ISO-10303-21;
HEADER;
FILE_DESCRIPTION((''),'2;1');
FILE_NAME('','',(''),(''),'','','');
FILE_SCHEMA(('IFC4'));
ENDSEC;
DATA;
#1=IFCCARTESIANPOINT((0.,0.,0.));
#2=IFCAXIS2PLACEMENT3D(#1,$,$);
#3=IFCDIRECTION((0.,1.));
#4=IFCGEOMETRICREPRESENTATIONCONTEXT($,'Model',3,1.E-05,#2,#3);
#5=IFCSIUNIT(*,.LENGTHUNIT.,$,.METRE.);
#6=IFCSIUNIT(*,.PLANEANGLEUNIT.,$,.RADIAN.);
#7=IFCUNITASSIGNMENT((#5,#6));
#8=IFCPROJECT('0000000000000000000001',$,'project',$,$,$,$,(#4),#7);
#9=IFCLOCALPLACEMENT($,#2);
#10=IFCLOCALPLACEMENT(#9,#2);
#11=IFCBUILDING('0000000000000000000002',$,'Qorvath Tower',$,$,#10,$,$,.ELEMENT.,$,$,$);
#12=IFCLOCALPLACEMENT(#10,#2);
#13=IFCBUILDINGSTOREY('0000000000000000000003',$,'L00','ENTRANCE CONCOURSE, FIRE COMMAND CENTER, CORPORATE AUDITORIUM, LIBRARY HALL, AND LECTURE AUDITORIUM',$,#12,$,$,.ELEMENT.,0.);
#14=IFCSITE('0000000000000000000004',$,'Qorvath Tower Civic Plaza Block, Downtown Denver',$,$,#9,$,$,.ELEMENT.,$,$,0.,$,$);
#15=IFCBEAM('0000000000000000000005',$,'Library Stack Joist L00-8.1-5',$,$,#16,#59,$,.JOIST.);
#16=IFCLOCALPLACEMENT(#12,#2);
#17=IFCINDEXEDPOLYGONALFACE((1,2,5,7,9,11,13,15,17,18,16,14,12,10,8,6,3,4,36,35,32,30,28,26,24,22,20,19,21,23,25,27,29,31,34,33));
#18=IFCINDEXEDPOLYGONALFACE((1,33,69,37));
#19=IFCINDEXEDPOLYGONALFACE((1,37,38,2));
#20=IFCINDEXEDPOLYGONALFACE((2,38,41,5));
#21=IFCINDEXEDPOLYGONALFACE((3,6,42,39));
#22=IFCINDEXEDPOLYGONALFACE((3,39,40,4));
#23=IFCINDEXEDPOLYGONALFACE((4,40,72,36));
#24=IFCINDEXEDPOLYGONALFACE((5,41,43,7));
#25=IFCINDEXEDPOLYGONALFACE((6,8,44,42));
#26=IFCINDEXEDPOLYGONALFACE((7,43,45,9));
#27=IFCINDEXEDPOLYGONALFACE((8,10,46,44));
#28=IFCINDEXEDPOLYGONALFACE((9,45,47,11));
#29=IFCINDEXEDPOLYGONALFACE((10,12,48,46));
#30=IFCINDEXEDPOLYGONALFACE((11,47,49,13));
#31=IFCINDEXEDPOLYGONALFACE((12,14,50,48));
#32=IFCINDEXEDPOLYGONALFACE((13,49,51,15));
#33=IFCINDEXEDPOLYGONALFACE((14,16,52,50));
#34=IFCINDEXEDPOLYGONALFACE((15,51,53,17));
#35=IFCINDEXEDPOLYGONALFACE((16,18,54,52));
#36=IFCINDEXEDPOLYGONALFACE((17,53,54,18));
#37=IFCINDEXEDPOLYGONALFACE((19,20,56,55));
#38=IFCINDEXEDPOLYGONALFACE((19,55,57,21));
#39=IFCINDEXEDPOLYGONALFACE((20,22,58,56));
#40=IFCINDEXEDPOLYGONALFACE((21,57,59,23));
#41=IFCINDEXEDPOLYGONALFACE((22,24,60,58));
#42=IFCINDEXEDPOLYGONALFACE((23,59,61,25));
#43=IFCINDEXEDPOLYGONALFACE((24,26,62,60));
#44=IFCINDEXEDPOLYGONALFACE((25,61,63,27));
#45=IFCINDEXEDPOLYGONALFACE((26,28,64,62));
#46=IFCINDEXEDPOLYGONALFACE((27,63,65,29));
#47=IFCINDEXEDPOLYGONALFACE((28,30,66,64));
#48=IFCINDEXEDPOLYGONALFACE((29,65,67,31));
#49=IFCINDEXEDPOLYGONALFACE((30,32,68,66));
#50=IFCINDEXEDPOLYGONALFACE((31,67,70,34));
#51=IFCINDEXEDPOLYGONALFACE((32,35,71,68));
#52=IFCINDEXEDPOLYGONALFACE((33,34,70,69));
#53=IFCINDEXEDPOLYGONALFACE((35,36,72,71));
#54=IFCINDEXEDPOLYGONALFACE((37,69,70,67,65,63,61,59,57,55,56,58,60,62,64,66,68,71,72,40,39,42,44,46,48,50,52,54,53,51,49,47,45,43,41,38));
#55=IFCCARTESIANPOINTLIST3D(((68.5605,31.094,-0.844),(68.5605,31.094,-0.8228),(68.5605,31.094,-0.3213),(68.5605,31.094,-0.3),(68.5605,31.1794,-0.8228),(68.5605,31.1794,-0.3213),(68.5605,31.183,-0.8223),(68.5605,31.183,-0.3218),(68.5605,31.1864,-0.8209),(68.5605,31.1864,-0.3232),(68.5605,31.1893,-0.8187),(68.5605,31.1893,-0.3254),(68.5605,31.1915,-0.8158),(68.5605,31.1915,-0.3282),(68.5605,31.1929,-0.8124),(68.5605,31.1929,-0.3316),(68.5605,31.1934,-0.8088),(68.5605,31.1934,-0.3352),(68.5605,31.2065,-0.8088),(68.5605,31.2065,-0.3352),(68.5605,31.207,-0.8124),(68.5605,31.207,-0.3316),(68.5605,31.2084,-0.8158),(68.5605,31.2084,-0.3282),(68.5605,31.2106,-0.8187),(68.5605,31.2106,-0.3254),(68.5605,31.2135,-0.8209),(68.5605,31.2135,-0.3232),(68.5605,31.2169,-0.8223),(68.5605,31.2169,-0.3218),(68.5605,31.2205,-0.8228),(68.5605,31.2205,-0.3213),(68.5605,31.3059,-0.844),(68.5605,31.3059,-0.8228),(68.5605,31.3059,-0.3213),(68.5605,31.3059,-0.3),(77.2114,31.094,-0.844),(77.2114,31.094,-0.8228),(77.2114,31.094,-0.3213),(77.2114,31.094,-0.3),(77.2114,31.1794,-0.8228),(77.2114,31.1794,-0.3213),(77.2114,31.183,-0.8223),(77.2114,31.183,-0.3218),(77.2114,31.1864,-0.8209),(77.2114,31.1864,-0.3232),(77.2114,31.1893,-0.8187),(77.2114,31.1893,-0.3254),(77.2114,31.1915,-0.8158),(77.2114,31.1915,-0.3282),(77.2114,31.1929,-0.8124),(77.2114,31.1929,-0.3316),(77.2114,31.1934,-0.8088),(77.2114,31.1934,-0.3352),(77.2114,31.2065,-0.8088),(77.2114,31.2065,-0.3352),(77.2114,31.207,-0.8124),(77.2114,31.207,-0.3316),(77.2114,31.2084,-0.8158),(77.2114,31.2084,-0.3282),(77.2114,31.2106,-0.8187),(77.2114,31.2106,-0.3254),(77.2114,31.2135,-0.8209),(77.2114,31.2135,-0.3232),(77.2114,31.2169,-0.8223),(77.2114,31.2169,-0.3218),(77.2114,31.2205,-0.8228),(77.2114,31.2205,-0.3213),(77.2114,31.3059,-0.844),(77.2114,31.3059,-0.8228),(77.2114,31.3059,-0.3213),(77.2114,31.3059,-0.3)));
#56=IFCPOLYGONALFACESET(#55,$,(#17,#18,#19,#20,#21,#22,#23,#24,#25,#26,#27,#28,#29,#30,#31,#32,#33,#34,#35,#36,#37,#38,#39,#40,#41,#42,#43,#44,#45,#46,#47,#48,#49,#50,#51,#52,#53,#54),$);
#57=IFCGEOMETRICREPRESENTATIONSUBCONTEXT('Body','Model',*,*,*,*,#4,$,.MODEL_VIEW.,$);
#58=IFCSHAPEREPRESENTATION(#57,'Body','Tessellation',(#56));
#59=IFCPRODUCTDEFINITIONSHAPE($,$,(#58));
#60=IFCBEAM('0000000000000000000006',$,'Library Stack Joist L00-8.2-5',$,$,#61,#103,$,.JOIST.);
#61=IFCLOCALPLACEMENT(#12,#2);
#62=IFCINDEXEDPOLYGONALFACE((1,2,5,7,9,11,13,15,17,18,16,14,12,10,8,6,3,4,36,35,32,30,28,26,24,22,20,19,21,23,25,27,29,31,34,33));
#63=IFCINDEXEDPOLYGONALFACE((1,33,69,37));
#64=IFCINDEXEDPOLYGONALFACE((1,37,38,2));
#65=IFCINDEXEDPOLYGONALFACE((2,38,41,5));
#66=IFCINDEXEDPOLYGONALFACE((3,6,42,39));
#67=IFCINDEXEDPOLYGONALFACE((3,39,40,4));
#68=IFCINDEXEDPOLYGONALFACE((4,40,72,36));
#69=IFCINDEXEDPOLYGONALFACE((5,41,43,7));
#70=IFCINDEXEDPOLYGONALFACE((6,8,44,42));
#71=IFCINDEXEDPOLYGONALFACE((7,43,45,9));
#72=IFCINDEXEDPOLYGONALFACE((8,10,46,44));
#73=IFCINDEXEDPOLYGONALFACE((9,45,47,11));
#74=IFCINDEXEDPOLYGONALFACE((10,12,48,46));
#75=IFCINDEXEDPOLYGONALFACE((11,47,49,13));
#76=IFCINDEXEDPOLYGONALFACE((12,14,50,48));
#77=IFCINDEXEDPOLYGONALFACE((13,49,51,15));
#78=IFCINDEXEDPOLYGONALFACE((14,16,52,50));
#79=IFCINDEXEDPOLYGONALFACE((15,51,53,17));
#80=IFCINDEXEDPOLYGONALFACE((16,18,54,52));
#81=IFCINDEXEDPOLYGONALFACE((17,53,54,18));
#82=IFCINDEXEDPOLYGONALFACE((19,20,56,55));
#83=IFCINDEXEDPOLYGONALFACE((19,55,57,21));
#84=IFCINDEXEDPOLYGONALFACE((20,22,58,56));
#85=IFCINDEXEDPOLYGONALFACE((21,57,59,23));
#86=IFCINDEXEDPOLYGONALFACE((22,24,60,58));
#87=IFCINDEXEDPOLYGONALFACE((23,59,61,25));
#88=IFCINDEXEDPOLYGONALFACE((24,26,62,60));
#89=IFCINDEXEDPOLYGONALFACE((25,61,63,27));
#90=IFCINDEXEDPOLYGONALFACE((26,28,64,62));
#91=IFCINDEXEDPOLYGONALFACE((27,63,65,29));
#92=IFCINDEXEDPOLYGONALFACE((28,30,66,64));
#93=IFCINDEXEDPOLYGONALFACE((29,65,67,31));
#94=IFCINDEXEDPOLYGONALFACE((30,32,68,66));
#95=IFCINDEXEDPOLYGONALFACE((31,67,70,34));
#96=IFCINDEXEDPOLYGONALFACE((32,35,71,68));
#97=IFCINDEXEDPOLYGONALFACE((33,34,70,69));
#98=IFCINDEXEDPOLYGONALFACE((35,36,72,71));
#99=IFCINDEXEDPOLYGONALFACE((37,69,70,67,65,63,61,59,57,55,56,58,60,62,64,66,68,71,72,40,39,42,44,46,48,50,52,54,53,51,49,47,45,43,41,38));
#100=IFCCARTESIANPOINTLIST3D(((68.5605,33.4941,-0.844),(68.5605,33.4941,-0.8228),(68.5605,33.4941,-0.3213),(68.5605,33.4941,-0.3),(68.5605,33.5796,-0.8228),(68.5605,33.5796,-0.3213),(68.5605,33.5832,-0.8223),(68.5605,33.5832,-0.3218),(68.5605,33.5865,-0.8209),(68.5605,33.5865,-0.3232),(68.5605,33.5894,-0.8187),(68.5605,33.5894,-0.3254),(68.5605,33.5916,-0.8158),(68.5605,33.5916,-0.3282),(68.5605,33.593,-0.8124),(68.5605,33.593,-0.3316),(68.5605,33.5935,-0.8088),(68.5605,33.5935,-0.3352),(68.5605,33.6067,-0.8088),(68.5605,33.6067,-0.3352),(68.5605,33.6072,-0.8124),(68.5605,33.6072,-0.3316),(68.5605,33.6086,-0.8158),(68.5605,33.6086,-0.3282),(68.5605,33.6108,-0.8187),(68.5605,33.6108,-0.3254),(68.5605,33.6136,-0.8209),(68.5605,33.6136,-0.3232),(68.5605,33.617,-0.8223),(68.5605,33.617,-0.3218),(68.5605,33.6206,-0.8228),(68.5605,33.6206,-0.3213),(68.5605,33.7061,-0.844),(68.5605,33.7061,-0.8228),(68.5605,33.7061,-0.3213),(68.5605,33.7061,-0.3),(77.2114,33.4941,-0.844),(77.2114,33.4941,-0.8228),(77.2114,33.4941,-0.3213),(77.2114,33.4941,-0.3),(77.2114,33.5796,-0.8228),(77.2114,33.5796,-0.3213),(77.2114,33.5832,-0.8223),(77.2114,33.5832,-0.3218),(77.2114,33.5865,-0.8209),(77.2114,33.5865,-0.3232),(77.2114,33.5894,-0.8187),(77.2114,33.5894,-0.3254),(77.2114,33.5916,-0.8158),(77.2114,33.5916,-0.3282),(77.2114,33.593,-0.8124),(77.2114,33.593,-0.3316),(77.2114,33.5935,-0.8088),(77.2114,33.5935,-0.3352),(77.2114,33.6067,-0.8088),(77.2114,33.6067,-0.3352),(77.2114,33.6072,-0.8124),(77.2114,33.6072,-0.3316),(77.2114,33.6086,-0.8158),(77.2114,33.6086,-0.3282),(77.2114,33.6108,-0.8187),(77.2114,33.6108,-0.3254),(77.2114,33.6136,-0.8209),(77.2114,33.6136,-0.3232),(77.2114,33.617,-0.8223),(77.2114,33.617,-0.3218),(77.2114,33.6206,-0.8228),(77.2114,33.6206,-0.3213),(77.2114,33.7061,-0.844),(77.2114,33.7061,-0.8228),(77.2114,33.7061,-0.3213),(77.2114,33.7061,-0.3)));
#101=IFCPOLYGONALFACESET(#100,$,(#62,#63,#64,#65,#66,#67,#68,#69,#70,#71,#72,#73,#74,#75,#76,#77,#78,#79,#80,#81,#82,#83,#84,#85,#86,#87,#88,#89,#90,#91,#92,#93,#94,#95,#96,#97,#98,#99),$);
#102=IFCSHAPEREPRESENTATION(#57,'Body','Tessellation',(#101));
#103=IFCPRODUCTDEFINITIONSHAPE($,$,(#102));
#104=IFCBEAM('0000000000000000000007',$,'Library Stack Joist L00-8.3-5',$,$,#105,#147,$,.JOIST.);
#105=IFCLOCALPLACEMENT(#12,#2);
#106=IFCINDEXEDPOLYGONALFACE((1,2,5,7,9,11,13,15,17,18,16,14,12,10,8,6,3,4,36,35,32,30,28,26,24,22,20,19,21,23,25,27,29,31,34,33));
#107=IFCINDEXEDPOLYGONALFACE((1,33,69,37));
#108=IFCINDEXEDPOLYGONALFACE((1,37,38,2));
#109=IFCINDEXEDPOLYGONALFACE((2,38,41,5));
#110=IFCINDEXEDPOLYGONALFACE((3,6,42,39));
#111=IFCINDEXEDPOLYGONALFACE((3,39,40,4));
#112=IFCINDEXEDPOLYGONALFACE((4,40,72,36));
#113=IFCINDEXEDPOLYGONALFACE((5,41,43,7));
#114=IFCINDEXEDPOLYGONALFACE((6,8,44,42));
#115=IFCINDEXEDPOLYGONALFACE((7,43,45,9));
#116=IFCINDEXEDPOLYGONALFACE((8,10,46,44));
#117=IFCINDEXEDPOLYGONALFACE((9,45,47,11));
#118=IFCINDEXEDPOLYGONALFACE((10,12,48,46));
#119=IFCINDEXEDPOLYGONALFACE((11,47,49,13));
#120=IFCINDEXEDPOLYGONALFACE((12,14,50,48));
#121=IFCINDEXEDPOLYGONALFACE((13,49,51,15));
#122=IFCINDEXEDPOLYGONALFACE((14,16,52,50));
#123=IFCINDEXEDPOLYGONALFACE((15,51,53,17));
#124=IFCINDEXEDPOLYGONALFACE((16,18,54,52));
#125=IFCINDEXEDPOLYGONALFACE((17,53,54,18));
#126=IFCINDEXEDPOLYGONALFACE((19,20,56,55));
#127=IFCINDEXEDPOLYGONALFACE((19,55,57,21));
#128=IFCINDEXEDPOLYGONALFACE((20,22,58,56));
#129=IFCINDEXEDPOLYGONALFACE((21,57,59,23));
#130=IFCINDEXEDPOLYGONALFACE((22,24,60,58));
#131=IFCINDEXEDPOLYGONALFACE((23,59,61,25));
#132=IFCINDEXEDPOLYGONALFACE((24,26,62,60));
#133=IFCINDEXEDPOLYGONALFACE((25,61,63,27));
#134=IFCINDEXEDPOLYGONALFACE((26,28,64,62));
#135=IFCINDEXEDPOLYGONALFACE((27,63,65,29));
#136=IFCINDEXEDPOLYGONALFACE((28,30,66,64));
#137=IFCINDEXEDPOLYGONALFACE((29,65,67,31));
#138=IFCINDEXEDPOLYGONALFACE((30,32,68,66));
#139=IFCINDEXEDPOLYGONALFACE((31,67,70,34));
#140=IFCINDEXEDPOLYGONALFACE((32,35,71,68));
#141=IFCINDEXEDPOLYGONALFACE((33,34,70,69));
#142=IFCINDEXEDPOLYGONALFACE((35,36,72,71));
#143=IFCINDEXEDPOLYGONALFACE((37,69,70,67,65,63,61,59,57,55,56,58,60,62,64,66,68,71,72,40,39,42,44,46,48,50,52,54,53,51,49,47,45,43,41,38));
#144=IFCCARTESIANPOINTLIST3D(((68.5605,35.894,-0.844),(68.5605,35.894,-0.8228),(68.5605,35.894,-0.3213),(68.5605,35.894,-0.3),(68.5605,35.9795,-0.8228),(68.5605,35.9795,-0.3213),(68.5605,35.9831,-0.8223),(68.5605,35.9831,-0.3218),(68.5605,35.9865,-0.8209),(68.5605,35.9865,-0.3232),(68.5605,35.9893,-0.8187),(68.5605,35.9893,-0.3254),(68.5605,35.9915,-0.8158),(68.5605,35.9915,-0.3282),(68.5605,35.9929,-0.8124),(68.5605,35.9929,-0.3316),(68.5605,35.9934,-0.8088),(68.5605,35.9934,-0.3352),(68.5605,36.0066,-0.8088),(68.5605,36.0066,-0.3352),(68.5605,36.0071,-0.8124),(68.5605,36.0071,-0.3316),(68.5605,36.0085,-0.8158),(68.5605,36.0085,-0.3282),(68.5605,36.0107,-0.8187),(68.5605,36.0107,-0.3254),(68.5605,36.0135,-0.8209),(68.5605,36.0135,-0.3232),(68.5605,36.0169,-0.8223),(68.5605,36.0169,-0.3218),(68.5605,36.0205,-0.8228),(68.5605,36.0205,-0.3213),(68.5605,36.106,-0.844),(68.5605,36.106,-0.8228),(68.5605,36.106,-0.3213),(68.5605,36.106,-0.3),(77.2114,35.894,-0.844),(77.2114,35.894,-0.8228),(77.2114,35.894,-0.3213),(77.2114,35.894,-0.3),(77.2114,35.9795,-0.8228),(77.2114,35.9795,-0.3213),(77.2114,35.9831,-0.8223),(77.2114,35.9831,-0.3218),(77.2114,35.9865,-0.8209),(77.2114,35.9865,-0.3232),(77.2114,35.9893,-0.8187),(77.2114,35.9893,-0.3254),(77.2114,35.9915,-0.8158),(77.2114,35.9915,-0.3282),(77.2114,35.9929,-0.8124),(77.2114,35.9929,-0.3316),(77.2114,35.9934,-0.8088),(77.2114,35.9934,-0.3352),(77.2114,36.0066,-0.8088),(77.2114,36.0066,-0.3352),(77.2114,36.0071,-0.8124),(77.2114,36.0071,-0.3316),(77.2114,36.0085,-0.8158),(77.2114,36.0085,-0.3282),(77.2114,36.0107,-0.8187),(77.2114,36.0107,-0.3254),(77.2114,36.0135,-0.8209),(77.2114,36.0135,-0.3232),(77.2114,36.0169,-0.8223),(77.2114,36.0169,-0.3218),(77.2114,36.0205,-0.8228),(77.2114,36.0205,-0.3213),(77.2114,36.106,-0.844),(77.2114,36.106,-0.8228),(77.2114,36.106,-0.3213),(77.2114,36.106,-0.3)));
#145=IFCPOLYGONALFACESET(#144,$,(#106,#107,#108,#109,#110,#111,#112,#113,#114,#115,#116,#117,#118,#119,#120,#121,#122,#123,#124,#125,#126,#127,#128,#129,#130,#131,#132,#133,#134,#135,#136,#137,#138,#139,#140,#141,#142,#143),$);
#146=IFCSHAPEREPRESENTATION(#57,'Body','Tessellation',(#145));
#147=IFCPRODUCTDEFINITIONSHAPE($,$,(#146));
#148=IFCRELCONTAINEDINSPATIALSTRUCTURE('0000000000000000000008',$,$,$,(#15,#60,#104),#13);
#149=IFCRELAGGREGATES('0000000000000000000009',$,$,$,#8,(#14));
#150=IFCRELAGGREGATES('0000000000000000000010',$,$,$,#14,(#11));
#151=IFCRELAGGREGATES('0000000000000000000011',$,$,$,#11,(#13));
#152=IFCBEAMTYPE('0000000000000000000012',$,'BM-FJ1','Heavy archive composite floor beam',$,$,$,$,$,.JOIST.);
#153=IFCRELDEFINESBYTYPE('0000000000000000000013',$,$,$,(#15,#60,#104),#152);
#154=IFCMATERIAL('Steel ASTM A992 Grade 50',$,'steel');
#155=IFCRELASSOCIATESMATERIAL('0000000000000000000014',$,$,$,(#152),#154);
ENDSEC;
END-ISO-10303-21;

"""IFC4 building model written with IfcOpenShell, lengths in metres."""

from ifc_helpers import new_model, si_unit, direction, frame, origin, origin_2d, place, context, subcontext, project, spatial, i_section, extrude, material, material_profile, profile_set, type_object, element, save


model = new_model("IFC4")

# Units and contexts
model_context = context("Model", 3, precision=1e-05, world=origin(), true_north=direction((0.0, 1.0)))
body_context = subcontext(model_context, "Body", "Model", "MODEL_VIEW")
ifc_project = project(units=[si_unit("LENGTHUNIT", "METRE"), si_unit("PLANEANGLEUNIT", "RADIAN")], contexts=[model_context])

# Site, building, storey
site_placement = place(None, origin())
site = spatial("IfcSite", under=ifc_project, at=site_placement, Name="Qorvath Tower Civic Plaza Block, Downtown Denver", CompositionType="ELEMENT", RefElevation=0.0)
building_placement = place(site_placement, origin())
building = spatial("IfcBuilding", under=site, at=building_placement, Name="Qorvath Tower", CompositionType="ELEMENT")
storey_placement = place(building_placement, origin())
storey = spatial("IfcBuildingStorey", under=building, at=storey_placement, Name="L00", Description="ENTRANCE CONCOURSE, FIRE COMMAND CENTER, CORPORATE AUDITORIUM, LIBRARY HALL, AND LECTURE AUDITORIUM", CompositionType="ELEMENT", Elevation=0.0)

# Beams
ifc_material_1 = material(Name="Steel ASTM A992 Grade 50", Category="steel")
ifc_material_profile_1 = material_profile(ifc_material_1, i_section(OverallWidth=0.2119, OverallDepth=0.5439, WebThickness=0.0132, FlangeThickness=0.0212, FilletRadius=0.0139, at=origin_2d()), Name="W21x83")
ifc_profile_set_1 = profile_set([ifc_material_profile_1], Name="Steel ASTM A992 Grade 50")
beam_type_1 = type_object("IfcBeamType", Name="BM-FJ1", Description="Heavy archive composite floor beam", PredefinedType="JOIST", material=ifc_profile_set_1)
for number, where, z_axis, x_axis, name in (
    (1, (68.5605, 31.2, -0.572), (1.0, 0.0, 0.0), (0.0, 1.0, 0.0), "Library Stack Joist L00-8.1-5"),
    (2, (68.5605, 33.6001, -0.572), (1.0, 0.0, 0.0), (0.0, 1.0, 0.0), "Library Stack Joist L00-8.2-5"),
    (3, (68.5605, 36.0, -0.572), (1.0, 0.0, 0.0), (0.0, 1.0, 0.0), "Library Stack Joist L00-8.3-5"),
):
    element("IfcBeam", number, at=place(storey_placement, frame(where, z_axis=z_axis, x_axis=x_axis)), inside=storey, type_object=beam_type_1, Name=name, PredefinedType="JOIST", context=body_context, shape_type="SweptSolid", body=[
        extrude(i_section(OverallWidth=0.2119, OverallDepth=0.5439, WebThickness=0.0132, FlangeThickness=0.0212, FilletRadius=0.0139, at=origin_2d()), origin(), (0.0, 0.0, 1.0), 8.6509),
    ])

save(model, "model.ifc")
